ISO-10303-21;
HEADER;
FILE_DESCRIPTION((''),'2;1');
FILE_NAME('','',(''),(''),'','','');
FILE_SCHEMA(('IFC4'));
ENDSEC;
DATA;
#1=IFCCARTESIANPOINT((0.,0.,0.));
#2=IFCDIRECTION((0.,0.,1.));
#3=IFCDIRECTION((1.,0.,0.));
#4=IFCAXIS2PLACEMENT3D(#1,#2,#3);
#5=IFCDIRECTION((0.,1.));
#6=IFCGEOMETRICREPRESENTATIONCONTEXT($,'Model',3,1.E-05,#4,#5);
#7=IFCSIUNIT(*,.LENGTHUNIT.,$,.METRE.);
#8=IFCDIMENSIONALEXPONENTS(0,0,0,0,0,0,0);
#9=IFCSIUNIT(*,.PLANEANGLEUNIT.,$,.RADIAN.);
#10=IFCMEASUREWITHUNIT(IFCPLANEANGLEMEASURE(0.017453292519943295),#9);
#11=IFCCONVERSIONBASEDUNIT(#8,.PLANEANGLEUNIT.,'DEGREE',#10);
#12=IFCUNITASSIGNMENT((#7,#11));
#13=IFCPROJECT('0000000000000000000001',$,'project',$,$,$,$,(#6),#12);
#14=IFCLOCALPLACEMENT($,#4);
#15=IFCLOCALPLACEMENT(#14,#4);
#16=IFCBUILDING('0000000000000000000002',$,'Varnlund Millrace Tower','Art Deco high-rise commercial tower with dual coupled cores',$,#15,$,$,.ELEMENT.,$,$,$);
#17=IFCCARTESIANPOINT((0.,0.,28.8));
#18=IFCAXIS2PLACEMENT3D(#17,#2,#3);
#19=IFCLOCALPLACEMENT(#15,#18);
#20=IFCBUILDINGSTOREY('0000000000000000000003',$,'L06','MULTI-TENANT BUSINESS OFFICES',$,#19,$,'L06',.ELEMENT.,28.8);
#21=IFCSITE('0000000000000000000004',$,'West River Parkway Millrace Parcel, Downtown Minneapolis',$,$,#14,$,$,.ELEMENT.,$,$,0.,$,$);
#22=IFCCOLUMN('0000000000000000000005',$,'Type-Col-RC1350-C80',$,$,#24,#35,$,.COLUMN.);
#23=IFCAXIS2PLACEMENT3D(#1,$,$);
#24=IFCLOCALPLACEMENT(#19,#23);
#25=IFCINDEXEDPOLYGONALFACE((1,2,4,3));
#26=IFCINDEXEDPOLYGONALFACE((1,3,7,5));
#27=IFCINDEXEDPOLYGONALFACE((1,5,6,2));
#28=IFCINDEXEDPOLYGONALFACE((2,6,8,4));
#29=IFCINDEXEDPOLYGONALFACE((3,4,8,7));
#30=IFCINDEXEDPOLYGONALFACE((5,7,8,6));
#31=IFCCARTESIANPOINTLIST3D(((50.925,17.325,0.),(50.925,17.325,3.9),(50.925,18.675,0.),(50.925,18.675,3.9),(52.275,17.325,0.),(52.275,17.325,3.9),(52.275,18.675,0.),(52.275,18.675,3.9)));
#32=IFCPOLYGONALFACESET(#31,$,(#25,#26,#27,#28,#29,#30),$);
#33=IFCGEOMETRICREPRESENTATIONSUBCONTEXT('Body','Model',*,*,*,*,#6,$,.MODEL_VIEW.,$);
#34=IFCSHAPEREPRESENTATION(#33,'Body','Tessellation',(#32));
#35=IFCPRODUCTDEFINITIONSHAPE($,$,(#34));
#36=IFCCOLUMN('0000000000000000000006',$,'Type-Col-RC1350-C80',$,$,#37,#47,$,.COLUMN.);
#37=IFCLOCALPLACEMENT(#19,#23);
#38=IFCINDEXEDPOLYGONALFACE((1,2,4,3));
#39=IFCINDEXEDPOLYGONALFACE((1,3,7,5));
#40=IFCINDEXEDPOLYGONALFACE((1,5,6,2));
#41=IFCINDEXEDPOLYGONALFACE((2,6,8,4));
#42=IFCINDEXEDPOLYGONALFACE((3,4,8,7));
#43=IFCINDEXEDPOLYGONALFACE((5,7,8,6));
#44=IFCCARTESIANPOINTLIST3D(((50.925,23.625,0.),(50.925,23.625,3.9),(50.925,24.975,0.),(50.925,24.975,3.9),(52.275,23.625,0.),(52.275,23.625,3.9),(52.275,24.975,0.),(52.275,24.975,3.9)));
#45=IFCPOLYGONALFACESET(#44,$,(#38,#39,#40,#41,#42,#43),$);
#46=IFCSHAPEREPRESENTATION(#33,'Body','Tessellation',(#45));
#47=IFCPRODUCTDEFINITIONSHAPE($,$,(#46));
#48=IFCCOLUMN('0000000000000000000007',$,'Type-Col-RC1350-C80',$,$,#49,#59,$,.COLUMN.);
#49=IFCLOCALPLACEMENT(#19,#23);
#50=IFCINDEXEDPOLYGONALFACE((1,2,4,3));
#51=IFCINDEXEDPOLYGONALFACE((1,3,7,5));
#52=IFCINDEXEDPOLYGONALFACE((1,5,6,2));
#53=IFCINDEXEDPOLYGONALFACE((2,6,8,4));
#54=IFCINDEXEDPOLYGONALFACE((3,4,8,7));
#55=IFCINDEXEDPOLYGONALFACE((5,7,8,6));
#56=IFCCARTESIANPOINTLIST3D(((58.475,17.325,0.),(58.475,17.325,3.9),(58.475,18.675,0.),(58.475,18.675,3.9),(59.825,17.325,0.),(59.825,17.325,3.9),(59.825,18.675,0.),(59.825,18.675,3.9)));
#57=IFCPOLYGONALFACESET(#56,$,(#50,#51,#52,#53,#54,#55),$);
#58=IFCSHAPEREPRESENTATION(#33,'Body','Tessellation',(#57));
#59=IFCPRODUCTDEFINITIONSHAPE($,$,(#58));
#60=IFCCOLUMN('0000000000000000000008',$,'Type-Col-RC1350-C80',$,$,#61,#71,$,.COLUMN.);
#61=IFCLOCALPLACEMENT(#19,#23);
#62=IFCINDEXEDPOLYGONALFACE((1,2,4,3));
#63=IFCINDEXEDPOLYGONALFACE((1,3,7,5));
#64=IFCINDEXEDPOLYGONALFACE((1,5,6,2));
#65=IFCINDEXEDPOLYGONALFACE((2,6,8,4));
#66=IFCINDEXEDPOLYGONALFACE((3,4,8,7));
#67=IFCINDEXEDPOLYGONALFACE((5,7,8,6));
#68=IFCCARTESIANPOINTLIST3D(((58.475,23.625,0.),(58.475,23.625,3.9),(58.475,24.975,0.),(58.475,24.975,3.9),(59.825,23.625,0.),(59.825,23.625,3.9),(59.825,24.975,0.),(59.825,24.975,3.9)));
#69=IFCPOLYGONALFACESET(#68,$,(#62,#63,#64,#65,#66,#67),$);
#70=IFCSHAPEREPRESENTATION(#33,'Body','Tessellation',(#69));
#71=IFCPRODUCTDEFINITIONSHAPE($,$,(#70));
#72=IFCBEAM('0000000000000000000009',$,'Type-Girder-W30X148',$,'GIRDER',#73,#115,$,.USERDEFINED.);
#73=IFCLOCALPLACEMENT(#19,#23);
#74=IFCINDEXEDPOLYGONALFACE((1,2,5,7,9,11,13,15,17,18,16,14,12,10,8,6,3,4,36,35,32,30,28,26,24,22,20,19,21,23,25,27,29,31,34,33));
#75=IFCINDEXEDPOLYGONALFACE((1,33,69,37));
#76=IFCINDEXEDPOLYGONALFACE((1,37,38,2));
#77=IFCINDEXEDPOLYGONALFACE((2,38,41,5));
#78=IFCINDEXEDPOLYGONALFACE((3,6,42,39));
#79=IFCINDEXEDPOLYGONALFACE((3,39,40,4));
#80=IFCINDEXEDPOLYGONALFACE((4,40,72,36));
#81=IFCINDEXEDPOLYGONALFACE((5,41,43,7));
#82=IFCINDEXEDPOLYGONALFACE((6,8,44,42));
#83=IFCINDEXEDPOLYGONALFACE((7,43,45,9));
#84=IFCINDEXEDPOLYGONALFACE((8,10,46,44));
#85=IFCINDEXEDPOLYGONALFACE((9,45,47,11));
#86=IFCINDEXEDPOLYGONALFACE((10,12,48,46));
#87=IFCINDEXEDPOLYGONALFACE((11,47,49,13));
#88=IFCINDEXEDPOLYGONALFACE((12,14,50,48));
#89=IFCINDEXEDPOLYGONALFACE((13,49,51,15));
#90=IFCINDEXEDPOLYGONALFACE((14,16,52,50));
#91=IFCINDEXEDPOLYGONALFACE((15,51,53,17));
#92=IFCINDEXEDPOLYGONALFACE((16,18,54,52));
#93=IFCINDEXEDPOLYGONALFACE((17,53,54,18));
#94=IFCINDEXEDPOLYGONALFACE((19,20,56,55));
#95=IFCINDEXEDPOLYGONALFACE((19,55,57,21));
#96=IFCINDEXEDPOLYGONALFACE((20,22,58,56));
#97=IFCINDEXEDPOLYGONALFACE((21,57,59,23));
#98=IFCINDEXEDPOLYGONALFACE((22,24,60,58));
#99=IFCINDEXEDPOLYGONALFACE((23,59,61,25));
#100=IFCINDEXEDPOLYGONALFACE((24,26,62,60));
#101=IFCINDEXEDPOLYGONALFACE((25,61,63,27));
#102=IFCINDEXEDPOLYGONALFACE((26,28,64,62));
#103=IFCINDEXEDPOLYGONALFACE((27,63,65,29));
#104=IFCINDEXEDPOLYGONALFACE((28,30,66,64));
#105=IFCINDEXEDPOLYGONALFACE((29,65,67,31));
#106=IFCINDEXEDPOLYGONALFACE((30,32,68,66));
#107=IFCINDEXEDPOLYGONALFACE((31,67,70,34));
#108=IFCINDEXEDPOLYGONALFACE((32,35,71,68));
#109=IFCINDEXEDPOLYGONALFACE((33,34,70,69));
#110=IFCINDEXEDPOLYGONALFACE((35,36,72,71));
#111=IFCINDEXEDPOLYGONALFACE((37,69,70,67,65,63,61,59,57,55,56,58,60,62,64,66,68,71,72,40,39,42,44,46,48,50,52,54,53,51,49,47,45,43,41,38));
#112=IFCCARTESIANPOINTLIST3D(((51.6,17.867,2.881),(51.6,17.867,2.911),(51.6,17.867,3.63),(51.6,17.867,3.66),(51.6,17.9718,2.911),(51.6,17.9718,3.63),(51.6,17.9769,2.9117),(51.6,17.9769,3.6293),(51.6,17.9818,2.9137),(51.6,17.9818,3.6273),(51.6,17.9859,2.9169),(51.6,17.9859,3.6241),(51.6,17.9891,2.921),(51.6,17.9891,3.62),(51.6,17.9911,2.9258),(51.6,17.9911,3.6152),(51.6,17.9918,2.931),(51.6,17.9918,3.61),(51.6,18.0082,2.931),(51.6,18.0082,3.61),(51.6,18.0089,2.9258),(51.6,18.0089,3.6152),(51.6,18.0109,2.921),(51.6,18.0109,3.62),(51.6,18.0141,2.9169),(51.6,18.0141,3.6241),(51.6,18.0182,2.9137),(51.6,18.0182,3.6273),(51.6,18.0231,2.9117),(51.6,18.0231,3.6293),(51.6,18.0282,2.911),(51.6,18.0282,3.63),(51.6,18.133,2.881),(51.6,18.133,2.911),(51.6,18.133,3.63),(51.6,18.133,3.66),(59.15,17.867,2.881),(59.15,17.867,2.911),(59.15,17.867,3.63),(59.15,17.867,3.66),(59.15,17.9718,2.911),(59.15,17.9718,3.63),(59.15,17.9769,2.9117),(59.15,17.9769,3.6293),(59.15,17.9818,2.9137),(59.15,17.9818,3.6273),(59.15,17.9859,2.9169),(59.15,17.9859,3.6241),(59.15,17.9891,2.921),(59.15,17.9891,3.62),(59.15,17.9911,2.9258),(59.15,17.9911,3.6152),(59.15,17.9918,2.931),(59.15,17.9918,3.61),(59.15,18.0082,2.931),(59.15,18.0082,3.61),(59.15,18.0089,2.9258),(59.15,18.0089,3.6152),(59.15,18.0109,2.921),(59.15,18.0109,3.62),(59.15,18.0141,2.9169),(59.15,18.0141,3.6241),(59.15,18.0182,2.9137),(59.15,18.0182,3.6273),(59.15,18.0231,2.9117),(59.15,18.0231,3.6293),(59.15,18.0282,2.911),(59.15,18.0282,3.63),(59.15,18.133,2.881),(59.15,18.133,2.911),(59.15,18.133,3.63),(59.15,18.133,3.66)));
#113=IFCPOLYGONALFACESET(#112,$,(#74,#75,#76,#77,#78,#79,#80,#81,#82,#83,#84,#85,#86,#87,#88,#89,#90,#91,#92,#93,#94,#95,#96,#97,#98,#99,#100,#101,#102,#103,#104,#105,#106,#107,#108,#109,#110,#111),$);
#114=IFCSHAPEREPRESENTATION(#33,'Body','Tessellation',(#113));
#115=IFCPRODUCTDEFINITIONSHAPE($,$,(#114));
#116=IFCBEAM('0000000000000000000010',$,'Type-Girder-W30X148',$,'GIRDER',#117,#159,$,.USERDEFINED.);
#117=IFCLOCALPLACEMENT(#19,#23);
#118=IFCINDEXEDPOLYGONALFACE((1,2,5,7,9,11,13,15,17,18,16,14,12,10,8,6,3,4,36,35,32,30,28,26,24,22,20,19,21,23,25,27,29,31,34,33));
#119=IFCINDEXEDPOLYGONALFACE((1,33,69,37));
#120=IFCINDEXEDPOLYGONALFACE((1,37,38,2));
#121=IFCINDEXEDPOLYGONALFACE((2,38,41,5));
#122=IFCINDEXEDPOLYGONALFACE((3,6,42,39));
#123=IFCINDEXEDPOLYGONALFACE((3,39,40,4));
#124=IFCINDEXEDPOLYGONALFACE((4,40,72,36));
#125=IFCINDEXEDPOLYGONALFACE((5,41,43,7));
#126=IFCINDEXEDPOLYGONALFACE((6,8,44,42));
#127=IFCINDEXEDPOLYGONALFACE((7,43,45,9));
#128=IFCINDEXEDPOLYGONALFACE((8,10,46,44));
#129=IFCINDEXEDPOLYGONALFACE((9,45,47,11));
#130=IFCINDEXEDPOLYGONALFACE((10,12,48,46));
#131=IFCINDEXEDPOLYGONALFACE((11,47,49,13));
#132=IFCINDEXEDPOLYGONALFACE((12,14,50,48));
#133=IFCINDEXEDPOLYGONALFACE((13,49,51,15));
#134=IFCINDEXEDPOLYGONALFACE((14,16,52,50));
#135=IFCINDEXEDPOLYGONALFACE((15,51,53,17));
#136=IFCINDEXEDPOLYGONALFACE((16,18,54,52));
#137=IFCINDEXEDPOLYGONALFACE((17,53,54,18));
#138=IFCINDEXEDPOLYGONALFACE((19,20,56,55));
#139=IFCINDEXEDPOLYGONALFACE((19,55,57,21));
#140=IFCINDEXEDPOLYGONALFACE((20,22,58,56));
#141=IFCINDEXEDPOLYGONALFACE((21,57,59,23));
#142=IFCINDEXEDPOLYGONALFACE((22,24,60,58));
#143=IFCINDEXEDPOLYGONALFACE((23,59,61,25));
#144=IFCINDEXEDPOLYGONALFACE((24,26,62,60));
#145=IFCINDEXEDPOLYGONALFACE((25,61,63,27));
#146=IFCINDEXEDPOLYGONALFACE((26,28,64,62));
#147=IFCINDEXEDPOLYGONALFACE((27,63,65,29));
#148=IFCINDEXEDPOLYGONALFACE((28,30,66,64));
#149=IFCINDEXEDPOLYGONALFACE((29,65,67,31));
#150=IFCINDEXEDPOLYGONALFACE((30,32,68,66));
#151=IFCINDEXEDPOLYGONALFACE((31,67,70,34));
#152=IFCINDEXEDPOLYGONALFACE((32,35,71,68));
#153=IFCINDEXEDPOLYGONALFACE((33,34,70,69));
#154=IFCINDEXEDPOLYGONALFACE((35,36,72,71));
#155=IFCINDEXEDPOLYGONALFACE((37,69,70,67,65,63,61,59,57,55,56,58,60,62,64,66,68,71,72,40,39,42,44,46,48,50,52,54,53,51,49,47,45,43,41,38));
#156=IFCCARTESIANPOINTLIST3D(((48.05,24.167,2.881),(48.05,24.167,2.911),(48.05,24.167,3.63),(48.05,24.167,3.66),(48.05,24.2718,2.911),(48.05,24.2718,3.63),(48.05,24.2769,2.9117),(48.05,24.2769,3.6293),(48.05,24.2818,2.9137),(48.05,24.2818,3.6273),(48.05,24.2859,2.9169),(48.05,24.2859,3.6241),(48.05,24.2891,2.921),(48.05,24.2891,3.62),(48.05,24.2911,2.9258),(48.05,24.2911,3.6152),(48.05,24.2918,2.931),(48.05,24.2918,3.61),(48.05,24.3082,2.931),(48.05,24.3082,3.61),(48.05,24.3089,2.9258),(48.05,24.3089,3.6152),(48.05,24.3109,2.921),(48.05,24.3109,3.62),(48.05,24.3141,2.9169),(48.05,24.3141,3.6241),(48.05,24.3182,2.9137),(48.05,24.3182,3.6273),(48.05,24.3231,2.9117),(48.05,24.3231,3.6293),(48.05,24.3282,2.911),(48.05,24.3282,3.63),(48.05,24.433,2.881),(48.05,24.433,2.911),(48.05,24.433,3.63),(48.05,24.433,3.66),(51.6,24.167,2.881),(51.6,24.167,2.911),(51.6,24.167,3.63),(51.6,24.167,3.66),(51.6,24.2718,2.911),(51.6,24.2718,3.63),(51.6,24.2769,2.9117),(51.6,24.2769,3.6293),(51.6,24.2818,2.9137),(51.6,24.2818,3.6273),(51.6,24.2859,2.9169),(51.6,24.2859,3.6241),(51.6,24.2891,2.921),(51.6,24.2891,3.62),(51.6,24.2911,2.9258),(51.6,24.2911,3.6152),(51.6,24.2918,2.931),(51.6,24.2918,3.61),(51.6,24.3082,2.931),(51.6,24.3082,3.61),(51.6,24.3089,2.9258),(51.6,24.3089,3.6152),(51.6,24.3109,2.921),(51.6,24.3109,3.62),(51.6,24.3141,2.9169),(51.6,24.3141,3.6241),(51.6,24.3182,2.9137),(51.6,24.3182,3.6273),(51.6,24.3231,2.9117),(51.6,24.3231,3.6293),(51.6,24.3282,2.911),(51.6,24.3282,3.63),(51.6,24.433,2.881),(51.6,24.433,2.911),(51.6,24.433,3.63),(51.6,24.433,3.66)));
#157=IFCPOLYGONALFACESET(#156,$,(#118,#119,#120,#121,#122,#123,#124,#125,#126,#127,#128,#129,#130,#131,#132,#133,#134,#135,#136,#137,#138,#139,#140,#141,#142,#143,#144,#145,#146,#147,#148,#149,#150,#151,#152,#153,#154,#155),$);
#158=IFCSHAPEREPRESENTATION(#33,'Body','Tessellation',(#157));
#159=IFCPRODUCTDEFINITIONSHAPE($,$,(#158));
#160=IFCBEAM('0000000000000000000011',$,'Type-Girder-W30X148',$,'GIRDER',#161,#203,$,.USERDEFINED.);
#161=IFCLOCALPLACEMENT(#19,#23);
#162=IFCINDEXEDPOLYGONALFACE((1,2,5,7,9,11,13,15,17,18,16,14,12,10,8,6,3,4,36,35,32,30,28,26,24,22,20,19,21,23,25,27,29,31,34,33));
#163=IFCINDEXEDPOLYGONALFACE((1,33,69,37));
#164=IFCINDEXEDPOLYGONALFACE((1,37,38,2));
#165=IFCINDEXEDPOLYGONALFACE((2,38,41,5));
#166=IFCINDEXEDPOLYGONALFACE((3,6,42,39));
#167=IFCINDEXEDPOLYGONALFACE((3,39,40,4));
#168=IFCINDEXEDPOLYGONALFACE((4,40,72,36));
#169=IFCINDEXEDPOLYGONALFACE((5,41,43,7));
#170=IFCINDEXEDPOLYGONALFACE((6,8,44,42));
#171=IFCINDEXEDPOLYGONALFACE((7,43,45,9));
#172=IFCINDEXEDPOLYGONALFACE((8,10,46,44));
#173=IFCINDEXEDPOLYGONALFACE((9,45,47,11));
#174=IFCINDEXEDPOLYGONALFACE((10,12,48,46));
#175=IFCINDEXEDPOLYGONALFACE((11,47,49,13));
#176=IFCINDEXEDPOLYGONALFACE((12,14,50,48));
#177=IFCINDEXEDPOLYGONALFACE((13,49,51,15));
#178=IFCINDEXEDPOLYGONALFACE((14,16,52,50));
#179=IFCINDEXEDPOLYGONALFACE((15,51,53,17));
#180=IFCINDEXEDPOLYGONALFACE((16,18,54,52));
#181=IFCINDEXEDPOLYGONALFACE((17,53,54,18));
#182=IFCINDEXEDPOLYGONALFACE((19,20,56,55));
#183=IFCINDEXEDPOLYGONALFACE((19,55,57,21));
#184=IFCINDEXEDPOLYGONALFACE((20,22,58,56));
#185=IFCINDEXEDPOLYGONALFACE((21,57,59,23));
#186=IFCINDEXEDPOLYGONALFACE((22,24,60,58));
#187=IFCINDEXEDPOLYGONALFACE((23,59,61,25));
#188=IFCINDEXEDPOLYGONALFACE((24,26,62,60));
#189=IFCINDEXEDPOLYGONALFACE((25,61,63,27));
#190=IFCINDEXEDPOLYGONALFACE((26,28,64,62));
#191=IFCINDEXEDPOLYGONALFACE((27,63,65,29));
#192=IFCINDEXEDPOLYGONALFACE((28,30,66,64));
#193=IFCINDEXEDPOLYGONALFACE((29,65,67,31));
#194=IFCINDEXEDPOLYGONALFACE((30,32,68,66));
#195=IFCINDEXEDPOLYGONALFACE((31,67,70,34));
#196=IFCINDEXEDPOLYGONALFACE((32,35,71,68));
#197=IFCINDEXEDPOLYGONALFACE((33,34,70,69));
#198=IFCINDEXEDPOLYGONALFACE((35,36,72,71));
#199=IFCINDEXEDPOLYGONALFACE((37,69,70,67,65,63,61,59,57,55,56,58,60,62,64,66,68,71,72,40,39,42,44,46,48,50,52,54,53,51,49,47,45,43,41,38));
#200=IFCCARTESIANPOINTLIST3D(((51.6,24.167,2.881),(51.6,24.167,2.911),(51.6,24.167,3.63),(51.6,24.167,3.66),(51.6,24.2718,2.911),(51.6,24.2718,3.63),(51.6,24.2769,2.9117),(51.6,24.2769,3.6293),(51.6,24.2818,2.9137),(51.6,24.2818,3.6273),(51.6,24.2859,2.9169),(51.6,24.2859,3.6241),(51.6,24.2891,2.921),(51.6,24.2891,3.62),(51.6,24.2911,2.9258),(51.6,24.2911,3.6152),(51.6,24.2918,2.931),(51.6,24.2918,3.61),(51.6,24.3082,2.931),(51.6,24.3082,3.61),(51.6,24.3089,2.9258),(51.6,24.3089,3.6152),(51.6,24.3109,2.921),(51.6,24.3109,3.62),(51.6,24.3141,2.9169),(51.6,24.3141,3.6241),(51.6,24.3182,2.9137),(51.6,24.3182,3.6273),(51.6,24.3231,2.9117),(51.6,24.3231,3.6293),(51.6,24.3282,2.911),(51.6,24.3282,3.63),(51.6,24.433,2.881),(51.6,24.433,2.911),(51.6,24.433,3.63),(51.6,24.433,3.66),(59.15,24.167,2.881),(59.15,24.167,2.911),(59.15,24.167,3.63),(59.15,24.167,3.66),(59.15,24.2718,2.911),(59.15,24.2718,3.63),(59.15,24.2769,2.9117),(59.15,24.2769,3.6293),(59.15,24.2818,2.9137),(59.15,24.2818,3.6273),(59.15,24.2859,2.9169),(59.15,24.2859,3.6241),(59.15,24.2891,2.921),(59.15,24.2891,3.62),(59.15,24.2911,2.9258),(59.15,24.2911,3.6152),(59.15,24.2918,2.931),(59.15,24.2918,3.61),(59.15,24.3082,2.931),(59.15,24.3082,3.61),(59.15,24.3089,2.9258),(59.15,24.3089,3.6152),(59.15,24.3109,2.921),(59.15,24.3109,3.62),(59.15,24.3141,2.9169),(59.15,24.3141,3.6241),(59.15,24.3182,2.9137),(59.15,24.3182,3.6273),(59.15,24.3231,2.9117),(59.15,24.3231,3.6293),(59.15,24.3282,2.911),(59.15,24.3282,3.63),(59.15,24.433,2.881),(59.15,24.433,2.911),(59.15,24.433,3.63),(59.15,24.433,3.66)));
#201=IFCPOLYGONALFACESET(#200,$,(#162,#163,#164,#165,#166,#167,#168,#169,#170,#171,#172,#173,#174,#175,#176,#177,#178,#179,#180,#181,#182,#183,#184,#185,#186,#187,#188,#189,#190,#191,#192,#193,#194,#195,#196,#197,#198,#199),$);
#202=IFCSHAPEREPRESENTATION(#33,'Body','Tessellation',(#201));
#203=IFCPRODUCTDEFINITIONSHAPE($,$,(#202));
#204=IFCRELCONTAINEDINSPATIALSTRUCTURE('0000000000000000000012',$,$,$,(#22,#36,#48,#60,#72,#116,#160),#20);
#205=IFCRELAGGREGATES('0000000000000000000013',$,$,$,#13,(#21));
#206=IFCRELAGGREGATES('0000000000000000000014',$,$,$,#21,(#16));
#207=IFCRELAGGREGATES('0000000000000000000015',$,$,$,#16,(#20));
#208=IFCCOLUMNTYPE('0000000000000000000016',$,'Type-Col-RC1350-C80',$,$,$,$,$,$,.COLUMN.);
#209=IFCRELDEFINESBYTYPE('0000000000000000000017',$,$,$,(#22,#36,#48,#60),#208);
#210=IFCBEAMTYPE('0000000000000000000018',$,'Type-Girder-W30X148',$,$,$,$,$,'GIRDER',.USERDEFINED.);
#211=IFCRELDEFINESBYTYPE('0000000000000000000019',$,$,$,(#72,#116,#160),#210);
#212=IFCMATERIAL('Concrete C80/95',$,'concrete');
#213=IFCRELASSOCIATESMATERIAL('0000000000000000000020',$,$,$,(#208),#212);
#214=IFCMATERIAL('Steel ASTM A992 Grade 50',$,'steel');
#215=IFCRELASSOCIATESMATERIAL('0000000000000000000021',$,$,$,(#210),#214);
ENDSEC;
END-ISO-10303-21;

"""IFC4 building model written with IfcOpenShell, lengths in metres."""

from ifc_helpers import new_model, entity, si_unit, converted_unit, direction, frame, origin_with_axes, origin_2d_with_axis, place, context, subcontext, project, spatial, rectangle, i_section, extrude, material, material_profile, profile_set, type_object, element, save


model = new_model("IFC4")

# Units and contexts
model_context = context("Model", 3, precision=1e-05, world=origin_with_axes(), true_north=direction((0.0, 1.0)))
body_context = subcontext(model_context, "Body", "Model", "MODEL_VIEW")
ifc_project = project(units=[si_unit("LENGTHUNIT", "METRE"), converted_unit("PLANEANGLEUNIT", "DEGREE", entity("IfcPlaneAngleMeasure", 0.017453292519943295), si_unit("PLANEANGLEUNIT", "RADIAN"), dimensions=[0, 0, 0, 0, 0, 0, 0])], contexts=[model_context])

# Site, building, storey
site_placement = place(None, origin_with_axes())
site = spatial("IfcSite", under=ifc_project, at=site_placement, Name="West River Parkway Millrace Parcel, Downtown Minneapolis", CompositionType="ELEMENT", RefElevation=0.0)
building_placement = place(site_placement, origin_with_axes())
building = spatial("IfcBuilding", under=site, at=building_placement, Name="Varnlund Millrace Tower", Description="Art Deco high-rise commercial tower with dual coupled cores", CompositionType="ELEMENT")
storey_placement = place(building_placement, frame((0.0, 0.0, 28.8), z_axis=(0.0, 0.0, 1.0), x_axis=(1.0, 0.0, 0.0)))
storey = spatial("IfcBuildingStorey", under=building, at=storey_placement, Name="L06", Description="MULTI-TENANT BUSINESS OFFICES", LongName="L06", CompositionType="ELEMENT", Elevation=28.8)

# Columns
ifc_material_1 = material(Name="Concrete C80/95", Category="concrete")
ifc_material_profile_1 = material_profile(ifc_material_1, rectangle(XDim=1.35, YDim=1.35, at=origin_2d_with_axis()), Name="Concrete C80/95")
ifc_profile_set_1 = profile_set([ifc_material_profile_1], Name="Concrete C80/95")
column_type = type_object("IfcColumnType", Name="Type-Col-RC1350-C80", PredefinedType="COLUMN", material=ifc_profile_set_1)
for number, where, z_axis, x_axis, name in (
    (1, (51.6, 18.0, 0.0), (0.0, 0.0, 1.0), (1.0, 0.0, 0.0), "Type-Col-RC1350-C80"),
    (2, (51.6, 24.3, 0.0), (0.0, 0.0, 1.0), (1.0, 0.0, 0.0), "Type-Col-RC1350-C80"),
    (3, (59.15, 18.0, 0.0), (0.0, 0.0, 1.0), (1.0, 0.0, 0.0), "Type-Col-RC1350-C80"),
    (4, (59.15, 24.3, 0.0), (0.0, 0.0, 1.0), (1.0, 0.0, 0.0), "Type-Col-RC1350-C80"),
):
    element("IfcColumn", number, at=place(storey_placement, frame(where, z_axis=z_axis, x_axis=x_axis)), inside=storey, type_object=column_type, Name=name, PredefinedType="COLUMN", context=body_context, shape_type="SweptSolid", body=[
        extrude(rectangle(XDim=1.35, YDim=1.35, at=origin_2d_with_axis()), origin_with_axes(), (0.0, 0.0, 1.0), 3.9),
    ])

# Beams
ifc_material_2 = material(Name="Steel ASTM A992 Grade 50", Category="steel")
ifc_material_profile_2 = material_profile(ifc_material_2, i_section(OverallWidth=0.266, OverallDepth=0.779, WebThickness=0.0165, FlangeThickness=0.03, FilletRadius=0.02, at=origin_2d_with_axis()), Name="Steel ASTM A992 Grade 50")
ifc_profile_set_2 = profile_set([ifc_material_profile_2], Name="Steel ASTM A992 Grade 50")
beam_type_1 = type_object("IfcBeamType", Name="Type-Girder-W30X148", ElementType="GIRDER", PredefinedType="USERDEFINED", material=ifc_profile_set_2)
beam_1_placement = place(storey_placement, frame((51.6, 18.0, 3.2705), z_axis=(1.0, 0.0, 0.0), x_axis=(0.0, 1.0, 0.0)))
element("IfcBeam", 5, at=beam_1_placement, inside=storey, type_object=beam_type_1, Name="Type-Girder-W30X148", ObjectType="GIRDER", PredefinedType="USERDEFINED", context=body_context, shape_type="SweptSolid", body=[
    extrude(i_section(OverallWidth=0.266, OverallDepth=0.779, WebThickness=0.0165, FlangeThickness=0.03, FilletRadius=0.02, at=origin_2d_with_axis()), origin_with_axes(), (0.0, 0.0, 1.0), 7.55),
])
beam_2_placement = place(storey_placement, frame((48.05, 24.3, 3.2705), z_axis=(1.0, 0.0, 0.0), x_axis=(0.0, 1.0, 0.0)))
element("IfcBeam", 6, at=beam_2_placement, inside=storey, type_object=beam_type_1, Name="Type-Girder-W30X148", ObjectType="GIRDER", PredefinedType="USERDEFINED", context=body_context, shape_type="SweptSolid", body=[
    extrude(i_section(OverallWidth=0.266, OverallDepth=0.779, WebThickness=0.0165, FlangeThickness=0.03, FilletRadius=0.02, at=origin_2d_with_axis()), origin_with_axes(), (0.0, 0.0, 1.0), 3.55),
])
beam_3_placement = place(storey_placement, frame((51.6, 24.3, 3.2705), z_axis=(1.0, 0.0, 0.0), x_axis=(0.0, 1.0, 0.0)))
element("IfcBeam", 7, at=beam_3_placement, inside=storey, type_object=beam_type_1, Name="Type-Girder-W30X148", ObjectType="GIRDER", PredefinedType="USERDEFINED", context=body_context, shape_type="SweptSolid", body=[
    extrude(i_section(OverallWidth=0.266, OverallDepth=0.779, WebThickness=0.0165, FlangeThickness=0.03, FilletRadius=0.02, at=origin_2d_with_axis()), origin_with_axes(), (0.0, 0.0, 1.0), 7.55),
])

save(model, "model.ifc")
